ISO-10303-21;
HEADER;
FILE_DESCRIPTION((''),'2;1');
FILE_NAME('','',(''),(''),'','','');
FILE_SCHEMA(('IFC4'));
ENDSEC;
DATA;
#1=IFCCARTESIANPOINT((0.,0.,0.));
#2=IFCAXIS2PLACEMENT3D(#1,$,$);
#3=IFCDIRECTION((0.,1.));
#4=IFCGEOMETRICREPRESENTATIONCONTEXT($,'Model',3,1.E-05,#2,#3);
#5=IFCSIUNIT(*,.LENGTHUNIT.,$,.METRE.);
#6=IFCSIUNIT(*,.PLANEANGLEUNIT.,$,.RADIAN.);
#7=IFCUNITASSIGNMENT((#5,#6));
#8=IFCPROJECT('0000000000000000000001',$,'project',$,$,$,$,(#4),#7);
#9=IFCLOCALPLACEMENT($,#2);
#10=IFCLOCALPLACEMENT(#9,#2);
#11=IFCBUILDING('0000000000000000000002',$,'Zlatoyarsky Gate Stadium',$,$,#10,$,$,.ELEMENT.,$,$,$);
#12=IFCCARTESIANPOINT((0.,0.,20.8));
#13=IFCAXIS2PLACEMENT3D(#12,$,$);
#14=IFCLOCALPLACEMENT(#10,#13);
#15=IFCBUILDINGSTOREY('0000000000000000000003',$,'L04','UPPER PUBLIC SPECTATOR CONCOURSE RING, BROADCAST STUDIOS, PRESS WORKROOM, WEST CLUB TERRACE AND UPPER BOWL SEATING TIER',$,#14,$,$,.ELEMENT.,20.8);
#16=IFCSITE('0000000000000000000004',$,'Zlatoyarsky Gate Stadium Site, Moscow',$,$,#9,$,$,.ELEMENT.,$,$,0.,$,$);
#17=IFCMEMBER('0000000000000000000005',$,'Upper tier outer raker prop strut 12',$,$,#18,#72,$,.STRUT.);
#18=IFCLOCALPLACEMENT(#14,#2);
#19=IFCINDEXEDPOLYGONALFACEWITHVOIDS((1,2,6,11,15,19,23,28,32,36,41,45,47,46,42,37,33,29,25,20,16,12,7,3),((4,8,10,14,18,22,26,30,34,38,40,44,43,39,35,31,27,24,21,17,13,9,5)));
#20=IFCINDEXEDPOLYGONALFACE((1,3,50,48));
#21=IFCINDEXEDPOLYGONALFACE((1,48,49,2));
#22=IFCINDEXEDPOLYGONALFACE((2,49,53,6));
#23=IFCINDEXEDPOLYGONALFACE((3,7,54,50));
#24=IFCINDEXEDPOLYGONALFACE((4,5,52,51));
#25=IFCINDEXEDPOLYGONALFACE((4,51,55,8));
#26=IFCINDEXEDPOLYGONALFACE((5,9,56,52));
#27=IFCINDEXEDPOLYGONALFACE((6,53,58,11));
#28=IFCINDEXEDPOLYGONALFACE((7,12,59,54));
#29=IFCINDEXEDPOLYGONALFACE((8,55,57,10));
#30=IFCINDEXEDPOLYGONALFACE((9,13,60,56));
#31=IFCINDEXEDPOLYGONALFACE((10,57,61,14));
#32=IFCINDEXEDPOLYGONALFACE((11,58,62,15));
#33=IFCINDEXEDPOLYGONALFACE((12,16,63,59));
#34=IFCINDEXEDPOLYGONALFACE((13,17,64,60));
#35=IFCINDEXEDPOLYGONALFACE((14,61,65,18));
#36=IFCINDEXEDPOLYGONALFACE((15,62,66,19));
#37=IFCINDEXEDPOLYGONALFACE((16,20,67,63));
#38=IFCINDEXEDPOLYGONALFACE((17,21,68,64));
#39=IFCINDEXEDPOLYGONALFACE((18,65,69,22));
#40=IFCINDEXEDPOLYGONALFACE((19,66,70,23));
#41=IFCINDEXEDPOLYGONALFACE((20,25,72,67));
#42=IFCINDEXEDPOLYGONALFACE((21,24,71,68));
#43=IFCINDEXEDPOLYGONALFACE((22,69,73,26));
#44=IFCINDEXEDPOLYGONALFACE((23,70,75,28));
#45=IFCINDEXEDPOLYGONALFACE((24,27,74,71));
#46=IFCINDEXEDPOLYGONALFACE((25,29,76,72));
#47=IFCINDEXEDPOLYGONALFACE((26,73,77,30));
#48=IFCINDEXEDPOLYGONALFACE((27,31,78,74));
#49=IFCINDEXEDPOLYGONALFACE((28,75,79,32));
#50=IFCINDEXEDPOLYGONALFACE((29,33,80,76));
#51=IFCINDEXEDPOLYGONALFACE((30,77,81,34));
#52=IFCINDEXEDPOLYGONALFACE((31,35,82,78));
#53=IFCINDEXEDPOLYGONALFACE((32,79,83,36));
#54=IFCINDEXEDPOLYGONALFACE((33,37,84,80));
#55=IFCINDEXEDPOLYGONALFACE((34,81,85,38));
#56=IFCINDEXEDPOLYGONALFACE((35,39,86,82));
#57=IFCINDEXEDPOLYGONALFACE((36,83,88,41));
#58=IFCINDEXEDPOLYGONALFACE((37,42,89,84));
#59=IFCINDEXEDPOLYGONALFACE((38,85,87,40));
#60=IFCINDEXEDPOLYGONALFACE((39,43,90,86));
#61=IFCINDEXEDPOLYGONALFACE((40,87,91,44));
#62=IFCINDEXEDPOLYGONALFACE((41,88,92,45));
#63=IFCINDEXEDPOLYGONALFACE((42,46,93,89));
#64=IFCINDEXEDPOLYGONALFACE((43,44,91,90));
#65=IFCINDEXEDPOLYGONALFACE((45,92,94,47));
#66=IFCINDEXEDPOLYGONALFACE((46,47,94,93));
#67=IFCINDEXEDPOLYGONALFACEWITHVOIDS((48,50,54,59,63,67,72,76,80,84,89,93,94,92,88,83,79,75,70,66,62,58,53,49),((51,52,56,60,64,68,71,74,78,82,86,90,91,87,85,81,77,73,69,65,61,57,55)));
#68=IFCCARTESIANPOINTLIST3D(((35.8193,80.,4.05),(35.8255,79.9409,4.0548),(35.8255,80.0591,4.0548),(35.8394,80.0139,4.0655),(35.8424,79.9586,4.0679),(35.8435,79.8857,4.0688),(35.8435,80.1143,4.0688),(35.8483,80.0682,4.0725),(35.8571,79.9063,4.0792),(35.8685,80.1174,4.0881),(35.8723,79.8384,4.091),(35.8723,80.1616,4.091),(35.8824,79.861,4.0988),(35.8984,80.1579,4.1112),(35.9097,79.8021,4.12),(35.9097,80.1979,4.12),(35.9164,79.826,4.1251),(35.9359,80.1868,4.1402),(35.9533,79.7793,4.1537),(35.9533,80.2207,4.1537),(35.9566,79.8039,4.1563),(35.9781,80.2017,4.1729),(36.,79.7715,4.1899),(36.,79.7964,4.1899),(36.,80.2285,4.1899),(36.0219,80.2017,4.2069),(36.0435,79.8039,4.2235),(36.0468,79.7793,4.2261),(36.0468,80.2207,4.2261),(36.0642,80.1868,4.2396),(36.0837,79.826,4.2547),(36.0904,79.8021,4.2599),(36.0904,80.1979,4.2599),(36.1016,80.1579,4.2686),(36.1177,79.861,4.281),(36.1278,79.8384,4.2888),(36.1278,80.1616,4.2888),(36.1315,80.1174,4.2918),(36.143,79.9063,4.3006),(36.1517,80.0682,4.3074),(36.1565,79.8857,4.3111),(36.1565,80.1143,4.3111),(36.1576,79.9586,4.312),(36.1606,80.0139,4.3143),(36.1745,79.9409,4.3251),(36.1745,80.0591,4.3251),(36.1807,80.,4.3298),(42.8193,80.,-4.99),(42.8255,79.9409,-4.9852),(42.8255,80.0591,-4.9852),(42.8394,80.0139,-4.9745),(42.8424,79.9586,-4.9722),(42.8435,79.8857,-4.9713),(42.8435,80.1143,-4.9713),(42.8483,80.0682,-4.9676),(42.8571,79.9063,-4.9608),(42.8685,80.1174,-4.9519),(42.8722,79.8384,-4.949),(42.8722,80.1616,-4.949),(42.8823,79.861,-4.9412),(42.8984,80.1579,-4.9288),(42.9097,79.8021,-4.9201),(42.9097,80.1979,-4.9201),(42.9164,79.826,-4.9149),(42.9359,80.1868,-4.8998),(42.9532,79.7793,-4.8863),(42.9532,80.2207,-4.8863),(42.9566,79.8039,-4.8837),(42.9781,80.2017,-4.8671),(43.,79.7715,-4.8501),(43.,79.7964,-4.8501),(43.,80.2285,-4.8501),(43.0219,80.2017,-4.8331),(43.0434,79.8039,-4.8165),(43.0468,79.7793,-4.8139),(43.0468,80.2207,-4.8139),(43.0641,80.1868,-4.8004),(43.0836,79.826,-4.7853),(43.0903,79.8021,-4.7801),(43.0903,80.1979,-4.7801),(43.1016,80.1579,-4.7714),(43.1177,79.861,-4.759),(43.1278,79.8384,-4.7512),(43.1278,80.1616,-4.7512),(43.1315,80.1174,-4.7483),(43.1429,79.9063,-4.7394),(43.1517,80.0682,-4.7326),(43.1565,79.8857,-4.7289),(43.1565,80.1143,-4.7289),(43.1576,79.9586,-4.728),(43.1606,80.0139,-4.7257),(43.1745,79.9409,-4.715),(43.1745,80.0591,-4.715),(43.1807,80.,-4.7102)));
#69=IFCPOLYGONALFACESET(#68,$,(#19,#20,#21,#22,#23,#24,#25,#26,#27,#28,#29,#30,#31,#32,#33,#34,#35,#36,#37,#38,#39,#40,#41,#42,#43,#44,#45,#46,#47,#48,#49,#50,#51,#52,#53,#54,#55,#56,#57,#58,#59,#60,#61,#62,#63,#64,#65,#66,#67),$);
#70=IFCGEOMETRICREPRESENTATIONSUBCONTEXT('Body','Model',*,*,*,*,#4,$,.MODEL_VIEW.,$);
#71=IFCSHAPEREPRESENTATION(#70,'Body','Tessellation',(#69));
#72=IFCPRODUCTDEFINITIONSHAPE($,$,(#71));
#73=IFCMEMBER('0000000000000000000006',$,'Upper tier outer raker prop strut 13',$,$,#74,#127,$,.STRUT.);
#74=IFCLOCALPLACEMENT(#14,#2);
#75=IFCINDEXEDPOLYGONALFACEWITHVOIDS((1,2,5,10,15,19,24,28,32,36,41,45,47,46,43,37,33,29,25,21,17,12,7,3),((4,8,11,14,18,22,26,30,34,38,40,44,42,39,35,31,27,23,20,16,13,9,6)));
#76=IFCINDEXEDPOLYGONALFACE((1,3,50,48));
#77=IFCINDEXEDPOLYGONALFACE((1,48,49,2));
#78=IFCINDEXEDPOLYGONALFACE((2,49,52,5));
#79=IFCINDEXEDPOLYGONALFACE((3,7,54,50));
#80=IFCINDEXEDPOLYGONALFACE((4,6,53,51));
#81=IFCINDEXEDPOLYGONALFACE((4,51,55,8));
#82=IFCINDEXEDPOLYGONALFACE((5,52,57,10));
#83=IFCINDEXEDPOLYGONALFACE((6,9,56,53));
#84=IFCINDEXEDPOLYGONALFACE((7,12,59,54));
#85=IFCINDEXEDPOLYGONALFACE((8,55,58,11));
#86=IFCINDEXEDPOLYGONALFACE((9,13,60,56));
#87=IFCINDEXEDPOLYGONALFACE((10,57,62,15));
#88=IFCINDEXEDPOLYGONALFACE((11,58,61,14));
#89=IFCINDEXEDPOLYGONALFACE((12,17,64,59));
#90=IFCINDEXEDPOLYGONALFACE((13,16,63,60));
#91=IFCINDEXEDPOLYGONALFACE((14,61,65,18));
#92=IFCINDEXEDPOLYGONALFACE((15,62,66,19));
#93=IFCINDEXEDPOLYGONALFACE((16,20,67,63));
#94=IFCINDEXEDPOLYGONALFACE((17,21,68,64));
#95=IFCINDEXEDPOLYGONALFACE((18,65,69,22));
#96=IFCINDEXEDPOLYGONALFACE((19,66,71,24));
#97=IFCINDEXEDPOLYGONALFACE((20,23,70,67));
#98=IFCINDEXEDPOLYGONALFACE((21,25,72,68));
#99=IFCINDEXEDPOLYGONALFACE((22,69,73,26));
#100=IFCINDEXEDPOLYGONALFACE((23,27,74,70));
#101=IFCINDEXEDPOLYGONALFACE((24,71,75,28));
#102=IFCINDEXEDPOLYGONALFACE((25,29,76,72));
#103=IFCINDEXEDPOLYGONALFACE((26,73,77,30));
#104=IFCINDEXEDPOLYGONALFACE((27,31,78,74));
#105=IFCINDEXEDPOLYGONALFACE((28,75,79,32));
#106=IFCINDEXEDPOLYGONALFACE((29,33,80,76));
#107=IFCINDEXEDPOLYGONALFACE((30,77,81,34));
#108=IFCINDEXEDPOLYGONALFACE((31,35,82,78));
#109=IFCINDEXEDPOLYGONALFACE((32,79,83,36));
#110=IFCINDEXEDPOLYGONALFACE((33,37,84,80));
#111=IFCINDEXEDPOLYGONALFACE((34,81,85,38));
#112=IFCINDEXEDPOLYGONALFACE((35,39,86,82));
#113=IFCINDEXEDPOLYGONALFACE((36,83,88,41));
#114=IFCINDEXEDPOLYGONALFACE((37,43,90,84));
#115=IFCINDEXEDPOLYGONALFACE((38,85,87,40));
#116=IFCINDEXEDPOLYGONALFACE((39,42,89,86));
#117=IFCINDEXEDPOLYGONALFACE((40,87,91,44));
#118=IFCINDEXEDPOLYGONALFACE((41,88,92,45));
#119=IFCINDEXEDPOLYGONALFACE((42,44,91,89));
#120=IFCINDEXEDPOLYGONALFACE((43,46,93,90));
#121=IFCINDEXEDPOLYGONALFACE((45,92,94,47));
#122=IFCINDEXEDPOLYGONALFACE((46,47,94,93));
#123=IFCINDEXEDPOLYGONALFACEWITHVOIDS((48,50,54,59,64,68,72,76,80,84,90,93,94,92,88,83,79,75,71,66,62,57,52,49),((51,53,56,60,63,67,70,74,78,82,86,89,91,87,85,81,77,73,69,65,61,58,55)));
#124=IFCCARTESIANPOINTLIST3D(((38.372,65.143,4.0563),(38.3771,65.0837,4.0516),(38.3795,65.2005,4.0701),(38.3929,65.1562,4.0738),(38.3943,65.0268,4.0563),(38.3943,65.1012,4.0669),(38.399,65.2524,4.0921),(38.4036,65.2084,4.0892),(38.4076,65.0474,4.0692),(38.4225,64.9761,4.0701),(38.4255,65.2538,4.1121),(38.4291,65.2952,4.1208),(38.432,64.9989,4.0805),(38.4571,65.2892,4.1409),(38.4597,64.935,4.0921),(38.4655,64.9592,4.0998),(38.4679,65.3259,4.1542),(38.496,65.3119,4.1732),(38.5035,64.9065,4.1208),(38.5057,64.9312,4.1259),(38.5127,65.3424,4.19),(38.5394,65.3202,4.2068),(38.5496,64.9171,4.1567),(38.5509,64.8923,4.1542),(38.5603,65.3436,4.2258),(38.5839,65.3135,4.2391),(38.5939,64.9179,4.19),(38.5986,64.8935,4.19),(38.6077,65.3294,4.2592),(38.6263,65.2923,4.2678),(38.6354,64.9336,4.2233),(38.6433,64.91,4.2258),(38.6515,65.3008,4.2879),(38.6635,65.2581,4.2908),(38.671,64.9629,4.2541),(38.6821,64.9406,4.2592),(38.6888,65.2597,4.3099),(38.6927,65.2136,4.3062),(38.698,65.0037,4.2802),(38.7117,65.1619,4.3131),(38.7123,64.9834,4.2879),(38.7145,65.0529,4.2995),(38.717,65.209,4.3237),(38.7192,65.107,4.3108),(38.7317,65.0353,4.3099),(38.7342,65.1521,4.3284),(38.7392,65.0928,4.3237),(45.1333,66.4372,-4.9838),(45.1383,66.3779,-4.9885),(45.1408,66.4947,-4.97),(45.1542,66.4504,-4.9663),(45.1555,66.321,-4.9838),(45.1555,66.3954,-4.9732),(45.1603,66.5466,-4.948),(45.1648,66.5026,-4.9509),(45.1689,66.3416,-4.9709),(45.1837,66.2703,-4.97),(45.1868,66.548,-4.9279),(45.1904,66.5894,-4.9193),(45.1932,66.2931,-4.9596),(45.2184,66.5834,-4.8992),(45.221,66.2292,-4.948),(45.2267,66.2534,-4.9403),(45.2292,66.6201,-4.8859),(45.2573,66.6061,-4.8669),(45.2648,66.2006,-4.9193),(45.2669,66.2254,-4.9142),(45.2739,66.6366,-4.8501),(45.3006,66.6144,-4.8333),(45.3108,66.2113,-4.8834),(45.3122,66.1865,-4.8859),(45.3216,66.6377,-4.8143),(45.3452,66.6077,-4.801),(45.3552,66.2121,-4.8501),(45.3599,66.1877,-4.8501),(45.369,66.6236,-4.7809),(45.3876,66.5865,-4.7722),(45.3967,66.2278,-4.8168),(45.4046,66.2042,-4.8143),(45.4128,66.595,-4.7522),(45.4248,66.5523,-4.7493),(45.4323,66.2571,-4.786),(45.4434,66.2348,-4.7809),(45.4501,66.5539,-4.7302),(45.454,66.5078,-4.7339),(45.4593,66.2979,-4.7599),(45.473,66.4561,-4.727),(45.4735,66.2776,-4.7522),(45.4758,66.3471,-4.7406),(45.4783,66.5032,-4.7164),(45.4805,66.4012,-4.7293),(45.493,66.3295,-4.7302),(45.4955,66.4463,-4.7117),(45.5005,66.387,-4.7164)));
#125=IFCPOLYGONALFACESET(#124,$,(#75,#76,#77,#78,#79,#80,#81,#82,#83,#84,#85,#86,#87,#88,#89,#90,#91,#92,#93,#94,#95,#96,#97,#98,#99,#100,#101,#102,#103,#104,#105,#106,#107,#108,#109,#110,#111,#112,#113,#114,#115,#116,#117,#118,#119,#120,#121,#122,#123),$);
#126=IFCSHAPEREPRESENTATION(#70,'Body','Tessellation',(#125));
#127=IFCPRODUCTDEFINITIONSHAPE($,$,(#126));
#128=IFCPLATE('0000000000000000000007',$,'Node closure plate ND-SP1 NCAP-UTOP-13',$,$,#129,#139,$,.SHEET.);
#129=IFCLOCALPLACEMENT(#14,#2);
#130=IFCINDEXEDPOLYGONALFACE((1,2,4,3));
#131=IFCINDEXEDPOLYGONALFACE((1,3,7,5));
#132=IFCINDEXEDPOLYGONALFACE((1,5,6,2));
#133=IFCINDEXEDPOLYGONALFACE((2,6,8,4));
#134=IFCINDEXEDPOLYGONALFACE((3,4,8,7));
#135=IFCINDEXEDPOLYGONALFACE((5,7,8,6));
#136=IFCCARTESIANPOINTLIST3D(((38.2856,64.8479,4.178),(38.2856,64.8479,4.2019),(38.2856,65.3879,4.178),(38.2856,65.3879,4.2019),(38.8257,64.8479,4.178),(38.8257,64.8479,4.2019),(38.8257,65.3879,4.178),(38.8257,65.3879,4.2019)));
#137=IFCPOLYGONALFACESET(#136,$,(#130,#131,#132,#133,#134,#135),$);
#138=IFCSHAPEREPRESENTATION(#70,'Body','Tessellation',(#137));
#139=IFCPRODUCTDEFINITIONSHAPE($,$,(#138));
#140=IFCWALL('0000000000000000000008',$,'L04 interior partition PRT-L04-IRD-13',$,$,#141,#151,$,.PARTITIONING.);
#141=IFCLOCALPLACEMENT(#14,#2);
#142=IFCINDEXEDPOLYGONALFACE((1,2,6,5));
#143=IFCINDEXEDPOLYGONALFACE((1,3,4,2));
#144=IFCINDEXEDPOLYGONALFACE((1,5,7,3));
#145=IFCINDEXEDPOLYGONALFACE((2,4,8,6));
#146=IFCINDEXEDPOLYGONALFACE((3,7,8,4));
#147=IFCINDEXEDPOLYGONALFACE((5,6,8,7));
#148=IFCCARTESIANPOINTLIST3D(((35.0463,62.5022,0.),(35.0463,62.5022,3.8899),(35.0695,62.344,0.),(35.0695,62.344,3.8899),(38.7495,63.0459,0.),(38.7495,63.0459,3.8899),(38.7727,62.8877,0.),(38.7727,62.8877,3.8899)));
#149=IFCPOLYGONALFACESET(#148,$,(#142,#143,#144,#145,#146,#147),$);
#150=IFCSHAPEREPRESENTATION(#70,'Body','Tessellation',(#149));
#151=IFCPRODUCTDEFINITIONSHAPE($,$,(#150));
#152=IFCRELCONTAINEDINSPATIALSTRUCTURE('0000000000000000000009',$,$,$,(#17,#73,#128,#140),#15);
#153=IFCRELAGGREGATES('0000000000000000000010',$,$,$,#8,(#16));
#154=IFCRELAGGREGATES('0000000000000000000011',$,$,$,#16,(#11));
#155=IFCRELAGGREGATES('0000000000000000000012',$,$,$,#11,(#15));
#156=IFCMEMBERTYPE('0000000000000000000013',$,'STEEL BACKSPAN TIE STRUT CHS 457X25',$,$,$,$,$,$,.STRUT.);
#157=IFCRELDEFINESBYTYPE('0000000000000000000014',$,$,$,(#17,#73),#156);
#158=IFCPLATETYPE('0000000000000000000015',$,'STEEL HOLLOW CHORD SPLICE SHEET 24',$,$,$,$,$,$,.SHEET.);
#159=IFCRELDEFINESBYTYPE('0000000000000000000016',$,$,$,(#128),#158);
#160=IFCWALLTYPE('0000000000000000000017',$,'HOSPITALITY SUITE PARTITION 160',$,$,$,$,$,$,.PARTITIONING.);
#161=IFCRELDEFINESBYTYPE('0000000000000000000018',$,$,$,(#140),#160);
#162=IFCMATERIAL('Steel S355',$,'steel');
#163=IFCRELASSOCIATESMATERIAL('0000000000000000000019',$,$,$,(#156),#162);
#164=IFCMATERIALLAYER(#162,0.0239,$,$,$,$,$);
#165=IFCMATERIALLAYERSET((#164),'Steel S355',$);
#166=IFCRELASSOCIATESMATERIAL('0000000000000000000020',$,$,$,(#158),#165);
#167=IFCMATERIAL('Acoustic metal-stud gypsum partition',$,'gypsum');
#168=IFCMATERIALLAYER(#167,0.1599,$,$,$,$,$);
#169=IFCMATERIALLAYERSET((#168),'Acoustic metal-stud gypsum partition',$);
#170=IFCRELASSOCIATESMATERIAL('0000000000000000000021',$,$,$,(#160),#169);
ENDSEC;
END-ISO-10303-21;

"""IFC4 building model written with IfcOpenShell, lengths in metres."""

from ifc_helpers import new_model, si_unit, direction, frame, frame_2d, origin, origin_2d, place, context, subcontext, project, spatial, rectangle, hollow_circle, extrude, material, layer, layer_set, material_profile, profile_set, type_object, element, save


model = new_model("IFC4")

# Units and contexts
model_context = context("Model", 3, precision=1e-05, world=origin(), true_north=direction((0.0, 1.0)))
body_context = subcontext(model_context, "Body", "Model", "MODEL_VIEW")
ifc_project = project(units=[si_unit("LENGTHUNIT", "METRE"), si_unit("PLANEANGLEUNIT", "RADIAN")], contexts=[model_context])

# Site, building, storey
site_placement = place(None, origin())
site = spatial("IfcSite", under=ifc_project, at=site_placement, Name="Zlatoyarsky Gate Stadium Site, Moscow", CompositionType="ELEMENT", RefElevation=0.0)
building_placement = place(site_placement, origin())
building = spatial("IfcBuilding", under=site, at=building_placement, Name="Zlatoyarsky Gate Stadium", CompositionType="ELEMENT")
storey_placement = place(building_placement, frame((0.0, 0.0, 20.8)))
storey = spatial("IfcBuildingStorey", under=building, at=storey_placement, Name="L04", Description="UPPER PUBLIC SPECTATOR CONCOURSE RING, BROADCAST STUDIOS, PRESS WORKROOM, WEST CLUB TERRACE AND UPPER BOWL SEATING TIER", CompositionType="ELEMENT", Elevation=20.8)

# Members
ifc_material_1 = material(Name="Steel S355", Category="steel")
ifc_material_profile_1 = material_profile(ifc_material_1, hollow_circle(Radius=0.2285, WallThickness=0.0249, at=origin_2d()), Name="CHS 457X25")
ifc_profile_set_1 = profile_set([ifc_material_profile_1], Name="Steel S355")
member_type = type_object("IfcMemberType", Name="STEEL BACKSPAN TIE STRUT CHS 457X25", PredefinedType="STRUT", material=ifc_profile_set_1)
member_1_placement = place(storey_placement, frame((43.0, 80.0, -4.8501), z_axis=(-0.612242, 0.0, 0.79067), x_axis=(0.0, -1.0, 0.0)))
element("IfcMember", 1, at=member_1_placement, inside=storey, type_object=member_type, Name="Upper tier outer raker prop strut 12", PredefinedType="STRUT", context=body_context, shape_type="SweptSolid", body=[
    extrude(hollow_circle(Radius=0.2285, WallThickness=0.0249, at=origin_2d()), origin(), (0.0, 0.0, 1.0), 11.4333),
])
member_2_placement = place(storey_placement, frame((45.3169, 66.4121, -4.8501), z_axis=(-0.595036, -0.113898, 0.795587), x_axis=(0.188, -0.982169, 0.0)))
element("IfcMember", 2, at=member_2_placement, inside=storey, type_object=member_type, Name="Upper tier outer raker prop strut 13", PredefinedType="STRUT", context=body_context, shape_type="SweptSolid", body=[
    extrude(hollow_circle(Radius=0.2285, WallThickness=0.0249, at=origin_2d()), origin(), (0.0, 0.0, 1.0), 11.3628),
])

# Plate
ifc_layer_1 = layer(ifc_material_1, 0.0239)
ifc_layer_set_1 = layer_set([ifc_layer_1], Name="Steel S355")
plate_type = type_object("IfcPlateType", Name="STEEL HOLLOW CHORD SPLICE SHEET 24", PredefinedType="SHEET", material=ifc_layer_set_1)
plate_placement = place(storey_placement, frame((38.5557, 65.1179, 4.178), z_axis=(0.0, 0.0, 1.0), x_axis=(1.0, 0.0, 0.0)))
element("IfcPlate", 3, at=plate_placement, inside=storey, type_object=plate_type, Name="Node closure plate ND-SP1 NCAP-UTOP-13", PredefinedType="SHEET", context=body_context, shape_type="SweptSolid", body=[
    extrude(rectangle(XDim=0.54, YDim=0.54, at=origin_2d()), origin(), (0.0, 0.0, 1.0), 0.0239),
])

# Wall
ifc_material_2 = material(Name="Acoustic metal-stud gypsum partition", Category="gypsum")
ifc_layer_2 = layer(ifc_material_2, 0.1599)
ifc_layer_set_2 = layer_set([ifc_layer_2], Name="Acoustic metal-stud gypsum partition")
wall_type = type_object("IfcWallType", Name="HOSPITALITY SUITE PARTITION 160", PredefinedType="PARTITIONING", material=ifc_layer_set_2)
wall_placement = place(storey_placement, frame((38.7612, 62.9668, 0.0), z_axis=(0.0, 0.0, 1.0), x_axis=(-0.989393, -0.145265, 0.0)))
element("IfcWall", 4, at=wall_placement, inside=storey, type_object=wall_type, Name="L04 interior partition PRT-L04-IRD-13", PredefinedType="PARTITIONING", context=body_context, shape_type="SweptSolid", body=[
    extrude(rectangle(XDim=3.7429, YDim=0.1599, at=frame_2d((1.8716, 0.0))), origin(), (0.0, 0.0, 1.0), 3.8899),
])

save(model, "model.ifc")
